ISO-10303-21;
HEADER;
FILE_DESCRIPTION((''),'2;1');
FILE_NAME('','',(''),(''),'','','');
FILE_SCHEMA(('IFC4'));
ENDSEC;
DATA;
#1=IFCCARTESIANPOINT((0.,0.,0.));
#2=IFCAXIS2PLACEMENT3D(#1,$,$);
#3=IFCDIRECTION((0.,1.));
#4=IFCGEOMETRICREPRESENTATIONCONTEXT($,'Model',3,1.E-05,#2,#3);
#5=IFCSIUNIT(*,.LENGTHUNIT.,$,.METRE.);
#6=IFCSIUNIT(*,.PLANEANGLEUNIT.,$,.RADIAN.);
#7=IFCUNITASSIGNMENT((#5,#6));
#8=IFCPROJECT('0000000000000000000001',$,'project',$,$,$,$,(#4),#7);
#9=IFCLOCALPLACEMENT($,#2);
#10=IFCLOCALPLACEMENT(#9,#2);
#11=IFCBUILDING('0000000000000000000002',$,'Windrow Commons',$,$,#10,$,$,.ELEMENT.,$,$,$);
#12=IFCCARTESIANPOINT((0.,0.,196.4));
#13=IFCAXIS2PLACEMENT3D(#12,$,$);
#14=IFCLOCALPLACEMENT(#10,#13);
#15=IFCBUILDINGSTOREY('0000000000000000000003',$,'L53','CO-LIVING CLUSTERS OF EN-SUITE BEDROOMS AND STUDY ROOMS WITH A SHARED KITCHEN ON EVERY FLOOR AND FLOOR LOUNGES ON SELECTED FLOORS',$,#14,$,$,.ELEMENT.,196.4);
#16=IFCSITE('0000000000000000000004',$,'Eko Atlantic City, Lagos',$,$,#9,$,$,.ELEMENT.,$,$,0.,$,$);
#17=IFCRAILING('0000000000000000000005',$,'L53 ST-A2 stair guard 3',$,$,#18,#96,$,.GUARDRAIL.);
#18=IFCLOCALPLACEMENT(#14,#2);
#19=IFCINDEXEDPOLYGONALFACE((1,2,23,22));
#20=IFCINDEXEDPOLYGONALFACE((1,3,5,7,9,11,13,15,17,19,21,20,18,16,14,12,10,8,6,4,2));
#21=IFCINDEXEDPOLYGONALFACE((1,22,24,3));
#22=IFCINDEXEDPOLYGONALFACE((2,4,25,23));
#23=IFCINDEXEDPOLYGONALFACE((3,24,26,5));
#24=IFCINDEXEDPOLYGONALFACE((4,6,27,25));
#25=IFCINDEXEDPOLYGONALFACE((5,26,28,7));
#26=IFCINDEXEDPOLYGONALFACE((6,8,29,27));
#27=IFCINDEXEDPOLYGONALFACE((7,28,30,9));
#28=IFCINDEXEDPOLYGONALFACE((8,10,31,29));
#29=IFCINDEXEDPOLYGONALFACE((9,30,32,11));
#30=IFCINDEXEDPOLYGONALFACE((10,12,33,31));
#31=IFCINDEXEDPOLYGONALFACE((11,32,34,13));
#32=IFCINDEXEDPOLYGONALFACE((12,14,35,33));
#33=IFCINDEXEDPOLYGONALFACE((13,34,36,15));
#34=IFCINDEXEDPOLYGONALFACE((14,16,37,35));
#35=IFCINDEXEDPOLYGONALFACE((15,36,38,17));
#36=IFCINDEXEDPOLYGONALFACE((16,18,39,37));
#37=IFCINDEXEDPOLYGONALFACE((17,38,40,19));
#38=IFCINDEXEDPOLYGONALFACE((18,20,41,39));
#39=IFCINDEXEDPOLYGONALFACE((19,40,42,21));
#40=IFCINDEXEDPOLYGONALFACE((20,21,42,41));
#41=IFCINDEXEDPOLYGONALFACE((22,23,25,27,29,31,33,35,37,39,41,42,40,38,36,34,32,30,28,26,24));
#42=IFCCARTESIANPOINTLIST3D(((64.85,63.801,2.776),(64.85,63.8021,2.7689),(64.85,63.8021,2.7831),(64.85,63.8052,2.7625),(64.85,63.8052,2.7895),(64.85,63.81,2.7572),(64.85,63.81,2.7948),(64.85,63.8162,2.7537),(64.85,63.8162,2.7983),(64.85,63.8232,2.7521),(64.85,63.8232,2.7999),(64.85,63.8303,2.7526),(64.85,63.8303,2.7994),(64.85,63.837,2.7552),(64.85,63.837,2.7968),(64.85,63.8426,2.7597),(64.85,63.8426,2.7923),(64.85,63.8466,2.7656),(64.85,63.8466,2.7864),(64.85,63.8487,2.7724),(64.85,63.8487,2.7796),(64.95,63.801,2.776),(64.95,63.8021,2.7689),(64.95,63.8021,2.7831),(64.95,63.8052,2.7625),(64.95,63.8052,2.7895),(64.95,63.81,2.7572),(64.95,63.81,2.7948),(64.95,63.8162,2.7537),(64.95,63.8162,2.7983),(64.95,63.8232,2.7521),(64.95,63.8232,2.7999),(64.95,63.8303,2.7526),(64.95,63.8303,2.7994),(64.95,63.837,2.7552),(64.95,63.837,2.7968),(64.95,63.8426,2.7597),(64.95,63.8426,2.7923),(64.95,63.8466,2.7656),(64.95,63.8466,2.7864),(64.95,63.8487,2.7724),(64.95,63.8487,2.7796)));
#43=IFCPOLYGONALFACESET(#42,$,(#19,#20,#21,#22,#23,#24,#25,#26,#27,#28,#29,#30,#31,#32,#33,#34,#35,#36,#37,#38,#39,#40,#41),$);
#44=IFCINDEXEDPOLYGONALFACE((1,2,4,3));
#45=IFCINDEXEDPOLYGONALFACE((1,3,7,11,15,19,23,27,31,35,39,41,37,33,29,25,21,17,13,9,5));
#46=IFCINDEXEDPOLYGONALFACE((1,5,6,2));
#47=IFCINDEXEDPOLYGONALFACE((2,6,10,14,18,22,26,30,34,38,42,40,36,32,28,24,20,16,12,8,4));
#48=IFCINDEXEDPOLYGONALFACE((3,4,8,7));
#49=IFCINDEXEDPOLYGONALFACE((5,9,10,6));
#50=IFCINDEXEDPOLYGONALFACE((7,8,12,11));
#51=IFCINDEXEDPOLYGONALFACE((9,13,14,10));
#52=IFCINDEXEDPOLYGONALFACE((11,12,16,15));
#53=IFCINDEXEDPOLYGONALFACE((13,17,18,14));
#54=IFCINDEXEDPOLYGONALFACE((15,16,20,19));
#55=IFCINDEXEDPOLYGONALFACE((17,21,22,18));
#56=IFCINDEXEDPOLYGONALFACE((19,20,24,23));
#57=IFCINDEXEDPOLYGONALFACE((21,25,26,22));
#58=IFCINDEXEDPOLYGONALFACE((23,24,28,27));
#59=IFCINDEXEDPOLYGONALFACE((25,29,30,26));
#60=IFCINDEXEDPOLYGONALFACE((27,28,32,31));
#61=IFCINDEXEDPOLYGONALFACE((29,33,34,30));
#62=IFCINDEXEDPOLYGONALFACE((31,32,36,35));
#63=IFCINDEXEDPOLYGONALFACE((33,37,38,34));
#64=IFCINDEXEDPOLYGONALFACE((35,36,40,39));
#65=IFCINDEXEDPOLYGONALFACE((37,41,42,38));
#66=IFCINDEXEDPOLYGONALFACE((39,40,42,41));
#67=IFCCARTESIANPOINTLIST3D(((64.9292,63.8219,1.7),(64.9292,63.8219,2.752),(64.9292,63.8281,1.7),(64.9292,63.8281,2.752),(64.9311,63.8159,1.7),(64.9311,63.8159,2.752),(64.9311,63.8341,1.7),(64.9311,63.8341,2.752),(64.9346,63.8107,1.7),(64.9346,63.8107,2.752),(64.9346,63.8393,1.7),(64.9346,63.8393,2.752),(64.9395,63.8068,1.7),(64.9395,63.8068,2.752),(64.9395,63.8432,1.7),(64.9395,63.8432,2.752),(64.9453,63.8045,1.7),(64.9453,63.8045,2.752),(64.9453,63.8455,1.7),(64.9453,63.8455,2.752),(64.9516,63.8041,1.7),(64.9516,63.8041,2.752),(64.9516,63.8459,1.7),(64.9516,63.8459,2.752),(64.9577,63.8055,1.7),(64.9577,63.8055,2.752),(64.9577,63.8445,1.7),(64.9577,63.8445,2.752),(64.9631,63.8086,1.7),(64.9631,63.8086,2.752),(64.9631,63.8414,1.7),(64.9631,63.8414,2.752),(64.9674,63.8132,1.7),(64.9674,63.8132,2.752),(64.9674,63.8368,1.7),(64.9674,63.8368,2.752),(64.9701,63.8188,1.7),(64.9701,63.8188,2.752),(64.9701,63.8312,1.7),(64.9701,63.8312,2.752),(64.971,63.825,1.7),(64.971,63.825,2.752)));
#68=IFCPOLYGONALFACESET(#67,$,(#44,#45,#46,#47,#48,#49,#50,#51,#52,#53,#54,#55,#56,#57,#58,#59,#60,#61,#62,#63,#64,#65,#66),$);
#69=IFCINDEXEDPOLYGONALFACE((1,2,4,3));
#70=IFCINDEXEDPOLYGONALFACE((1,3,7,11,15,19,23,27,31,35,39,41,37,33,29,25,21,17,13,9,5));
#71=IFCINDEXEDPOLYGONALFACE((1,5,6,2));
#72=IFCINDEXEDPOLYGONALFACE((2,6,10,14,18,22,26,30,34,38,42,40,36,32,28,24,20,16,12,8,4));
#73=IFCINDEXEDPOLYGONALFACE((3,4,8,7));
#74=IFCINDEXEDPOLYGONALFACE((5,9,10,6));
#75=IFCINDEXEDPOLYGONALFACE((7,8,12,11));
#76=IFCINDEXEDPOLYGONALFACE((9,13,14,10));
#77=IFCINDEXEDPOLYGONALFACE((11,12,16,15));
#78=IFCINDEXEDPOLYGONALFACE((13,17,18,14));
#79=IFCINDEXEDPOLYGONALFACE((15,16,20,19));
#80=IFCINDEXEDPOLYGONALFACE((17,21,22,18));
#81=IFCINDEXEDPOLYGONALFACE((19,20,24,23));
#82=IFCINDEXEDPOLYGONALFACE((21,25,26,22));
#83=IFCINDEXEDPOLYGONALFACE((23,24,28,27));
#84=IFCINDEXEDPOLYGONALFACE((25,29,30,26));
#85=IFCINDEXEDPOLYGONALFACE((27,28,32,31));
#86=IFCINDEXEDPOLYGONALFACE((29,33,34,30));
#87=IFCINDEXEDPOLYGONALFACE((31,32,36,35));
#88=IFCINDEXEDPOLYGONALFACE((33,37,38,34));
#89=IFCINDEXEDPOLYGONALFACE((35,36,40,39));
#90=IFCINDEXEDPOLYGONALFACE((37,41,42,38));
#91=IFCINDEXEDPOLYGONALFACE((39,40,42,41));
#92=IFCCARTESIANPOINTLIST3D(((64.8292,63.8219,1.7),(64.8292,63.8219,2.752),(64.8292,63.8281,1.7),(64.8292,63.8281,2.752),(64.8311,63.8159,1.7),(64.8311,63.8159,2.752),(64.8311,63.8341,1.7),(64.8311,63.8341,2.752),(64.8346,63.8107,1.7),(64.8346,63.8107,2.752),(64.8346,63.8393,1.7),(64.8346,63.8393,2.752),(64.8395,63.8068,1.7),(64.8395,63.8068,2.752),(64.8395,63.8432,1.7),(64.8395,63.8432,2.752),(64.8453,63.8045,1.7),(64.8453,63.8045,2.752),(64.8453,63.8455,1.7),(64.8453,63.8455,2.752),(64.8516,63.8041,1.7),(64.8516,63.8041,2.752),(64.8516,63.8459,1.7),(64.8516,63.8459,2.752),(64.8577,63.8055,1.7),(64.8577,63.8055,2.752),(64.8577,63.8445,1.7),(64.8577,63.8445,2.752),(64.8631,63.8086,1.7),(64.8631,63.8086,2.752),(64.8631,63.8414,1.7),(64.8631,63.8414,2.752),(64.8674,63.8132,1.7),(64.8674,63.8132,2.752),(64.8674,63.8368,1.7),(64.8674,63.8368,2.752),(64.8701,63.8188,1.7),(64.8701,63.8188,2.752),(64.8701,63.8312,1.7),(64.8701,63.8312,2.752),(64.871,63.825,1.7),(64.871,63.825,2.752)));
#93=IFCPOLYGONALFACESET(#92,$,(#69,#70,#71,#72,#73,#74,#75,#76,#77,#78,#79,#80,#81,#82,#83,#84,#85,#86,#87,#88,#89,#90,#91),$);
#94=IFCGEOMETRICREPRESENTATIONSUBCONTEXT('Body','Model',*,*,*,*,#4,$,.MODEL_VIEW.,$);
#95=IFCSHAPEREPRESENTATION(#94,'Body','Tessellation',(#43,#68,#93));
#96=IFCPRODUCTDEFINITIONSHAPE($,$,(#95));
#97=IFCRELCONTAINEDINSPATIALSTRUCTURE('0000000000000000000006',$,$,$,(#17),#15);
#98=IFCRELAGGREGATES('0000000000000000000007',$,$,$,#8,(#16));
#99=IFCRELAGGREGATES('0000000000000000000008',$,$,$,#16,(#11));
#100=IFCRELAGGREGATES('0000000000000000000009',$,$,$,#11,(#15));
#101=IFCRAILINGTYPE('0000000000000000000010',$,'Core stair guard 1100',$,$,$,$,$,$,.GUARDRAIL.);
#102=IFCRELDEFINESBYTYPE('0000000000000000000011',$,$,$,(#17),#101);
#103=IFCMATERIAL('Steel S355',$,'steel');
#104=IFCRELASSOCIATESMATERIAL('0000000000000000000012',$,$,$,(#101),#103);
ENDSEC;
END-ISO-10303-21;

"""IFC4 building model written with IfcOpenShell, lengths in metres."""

from ifc_helpers import new_model, si_unit, direction, frame, origin, origin_2d, place, context, subcontext, project, spatial, circle, extrude, material, type_object, element, save


model = new_model("IFC4")

# Units and contexts
model_context = context("Model", 3, precision=1e-05, world=origin(), true_north=direction((0.0, 1.0)))
body_context = subcontext(model_context, "Body", "Model", "MODEL_VIEW")
ifc_project = project(units=[si_unit("LENGTHUNIT", "METRE"), si_unit("PLANEANGLEUNIT", "RADIAN")], contexts=[model_context])

# Site, building, storey
site_placement = place(None, origin())
site = spatial("IfcSite", under=ifc_project, at=site_placement, Name="Eko Atlantic City, Lagos", CompositionType="ELEMENT", RefElevation=0.0)
building_placement = place(site_placement, origin())
building = spatial("IfcBuilding", under=site, at=building_placement, Name="Windrow Commons", CompositionType="ELEMENT")
storey_placement = place(building_placement, frame((0.0, 0.0, 196.4)))
storey = spatial("IfcBuildingStorey", under=building, at=storey_placement, Name="L53", Description="CO-LIVING CLUSTERS OF EN-SUITE BEDROOMS AND STUDY ROOMS WITH A SHARED KITCHEN ON EVERY FLOOR AND FLOOR LOUNGES ON SELECTED FLOORS", CompositionType="ELEMENT", Elevation=196.4)

# Railing
ifc_material_1 = material(Name="Steel S355", Category="steel")
railing_type_1 = type_object("IfcRailingType", Name="Core stair guard 1100", PredefinedType="GUARDRAIL", material=ifc_material_1)
railing_1_placement = place(storey_placement, frame((64.95, 63.825, 1.7)))
element("IfcRailing", 1, at=railing_1_placement, inside=storey, type_object=railing_type_1, Name="L53 ST-A2 stair guard 3", PredefinedType="GUARDRAIL", context=body_context, shape_type="SweptSolid", body=[
    extrude(circle(Radius=0.024, at=origin_2d()), frame((0.0, 0.0, 1.076), z_axis=(-1.0, 0.0, 0.0), x_axis=(0.0, -1.0, 0.0)), (0.0, 0.0, 1.0), 0.1),
    extrude(circle(Radius=0.021, at=origin_2d()), origin(), (0.0, 0.0, 1.0), 1.052),
    extrude(circle(Radius=0.021, at=origin_2d()), frame((-0.1, 0.0, 0.0)), (0.0, 0.0, 1.0), 1.052),
])

save(model, "model.ifc")
